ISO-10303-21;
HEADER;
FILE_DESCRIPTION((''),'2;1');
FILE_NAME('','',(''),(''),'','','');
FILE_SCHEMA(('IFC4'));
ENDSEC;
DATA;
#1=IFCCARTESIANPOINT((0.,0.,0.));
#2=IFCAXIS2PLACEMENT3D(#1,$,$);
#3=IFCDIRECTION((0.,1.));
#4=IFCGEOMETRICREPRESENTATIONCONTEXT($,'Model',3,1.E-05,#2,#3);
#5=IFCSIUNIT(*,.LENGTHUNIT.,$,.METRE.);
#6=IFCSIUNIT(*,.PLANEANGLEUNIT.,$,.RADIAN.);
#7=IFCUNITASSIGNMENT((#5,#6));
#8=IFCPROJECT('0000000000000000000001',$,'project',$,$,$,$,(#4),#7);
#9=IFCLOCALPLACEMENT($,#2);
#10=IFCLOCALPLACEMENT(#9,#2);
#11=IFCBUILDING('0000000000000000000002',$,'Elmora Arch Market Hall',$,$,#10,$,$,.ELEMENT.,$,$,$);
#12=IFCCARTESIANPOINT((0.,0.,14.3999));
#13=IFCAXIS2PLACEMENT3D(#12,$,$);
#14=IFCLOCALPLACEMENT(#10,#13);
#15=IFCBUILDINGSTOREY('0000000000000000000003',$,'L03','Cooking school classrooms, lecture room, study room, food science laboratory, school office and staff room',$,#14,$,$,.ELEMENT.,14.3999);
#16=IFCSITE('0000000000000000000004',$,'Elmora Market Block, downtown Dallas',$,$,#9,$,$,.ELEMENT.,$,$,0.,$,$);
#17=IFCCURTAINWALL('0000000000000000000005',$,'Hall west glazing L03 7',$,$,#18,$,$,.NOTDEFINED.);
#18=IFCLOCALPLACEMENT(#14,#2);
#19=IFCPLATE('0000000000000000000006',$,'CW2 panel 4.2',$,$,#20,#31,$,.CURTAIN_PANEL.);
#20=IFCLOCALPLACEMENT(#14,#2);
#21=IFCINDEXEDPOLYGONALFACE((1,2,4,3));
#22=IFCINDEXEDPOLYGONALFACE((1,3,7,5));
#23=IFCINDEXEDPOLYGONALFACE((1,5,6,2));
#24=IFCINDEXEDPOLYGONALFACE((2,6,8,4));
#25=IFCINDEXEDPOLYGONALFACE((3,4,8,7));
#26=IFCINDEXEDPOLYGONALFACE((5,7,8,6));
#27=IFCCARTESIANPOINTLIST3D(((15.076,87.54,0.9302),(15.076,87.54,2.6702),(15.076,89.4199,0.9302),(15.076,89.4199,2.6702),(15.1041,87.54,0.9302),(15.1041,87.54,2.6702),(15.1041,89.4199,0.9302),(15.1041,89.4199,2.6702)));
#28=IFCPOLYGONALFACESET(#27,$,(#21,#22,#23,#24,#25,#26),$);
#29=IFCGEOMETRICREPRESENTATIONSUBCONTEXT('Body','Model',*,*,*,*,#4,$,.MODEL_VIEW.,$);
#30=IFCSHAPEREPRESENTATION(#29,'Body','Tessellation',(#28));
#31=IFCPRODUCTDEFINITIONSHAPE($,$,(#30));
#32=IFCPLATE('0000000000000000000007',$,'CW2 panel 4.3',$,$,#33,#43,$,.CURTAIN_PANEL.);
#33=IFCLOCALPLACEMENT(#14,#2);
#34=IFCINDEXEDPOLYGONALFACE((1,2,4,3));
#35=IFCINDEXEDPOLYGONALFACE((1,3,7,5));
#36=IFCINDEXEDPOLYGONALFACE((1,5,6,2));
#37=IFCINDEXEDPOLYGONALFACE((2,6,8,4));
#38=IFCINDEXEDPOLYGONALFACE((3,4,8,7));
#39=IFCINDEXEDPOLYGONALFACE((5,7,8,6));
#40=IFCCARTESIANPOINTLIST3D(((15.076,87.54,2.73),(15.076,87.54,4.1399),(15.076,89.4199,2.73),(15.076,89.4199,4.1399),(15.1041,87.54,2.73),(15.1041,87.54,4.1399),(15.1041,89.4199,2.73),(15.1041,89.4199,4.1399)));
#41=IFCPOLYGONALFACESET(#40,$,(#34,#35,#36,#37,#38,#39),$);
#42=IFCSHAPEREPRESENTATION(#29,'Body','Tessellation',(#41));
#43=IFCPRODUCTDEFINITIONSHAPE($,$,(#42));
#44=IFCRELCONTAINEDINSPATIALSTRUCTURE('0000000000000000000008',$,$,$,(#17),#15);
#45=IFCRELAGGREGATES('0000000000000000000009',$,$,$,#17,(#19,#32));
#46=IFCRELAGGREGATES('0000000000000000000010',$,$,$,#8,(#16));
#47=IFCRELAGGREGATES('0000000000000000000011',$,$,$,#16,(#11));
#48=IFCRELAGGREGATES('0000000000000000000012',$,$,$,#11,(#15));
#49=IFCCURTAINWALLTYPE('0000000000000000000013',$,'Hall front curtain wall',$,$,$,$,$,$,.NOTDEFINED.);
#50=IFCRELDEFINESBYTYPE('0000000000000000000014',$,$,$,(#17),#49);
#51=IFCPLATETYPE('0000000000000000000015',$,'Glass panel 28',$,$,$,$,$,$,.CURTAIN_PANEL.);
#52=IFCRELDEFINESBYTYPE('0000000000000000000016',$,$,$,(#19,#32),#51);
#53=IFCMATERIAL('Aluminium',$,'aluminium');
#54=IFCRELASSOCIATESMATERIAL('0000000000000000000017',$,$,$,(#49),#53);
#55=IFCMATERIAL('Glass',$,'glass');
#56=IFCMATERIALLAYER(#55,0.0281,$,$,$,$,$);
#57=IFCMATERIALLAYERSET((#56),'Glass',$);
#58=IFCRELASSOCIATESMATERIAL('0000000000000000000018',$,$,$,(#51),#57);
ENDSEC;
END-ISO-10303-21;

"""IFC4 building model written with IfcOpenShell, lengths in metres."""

from ifc_helpers import new_model, si_unit, direction, frame, origin, origin_2d, place, context, subcontext, project, spatial, rectangle, extrude, material, layer, layer_set, type_object, element, aggregate, save


model = new_model("IFC4")

# Units and contexts
model_context = context("Model", 3, precision=1e-05, world=origin(), true_north=direction((0.0, 1.0)))
body_context = subcontext(model_context, "Body", "Model", "MODEL_VIEW")
ifc_project = project(units=[si_unit("LENGTHUNIT", "METRE"), si_unit("PLANEANGLEUNIT", "RADIAN")], contexts=[model_context])

# Site, building, storey
site_placement = place(None, origin())
site = spatial("IfcSite", under=ifc_project, at=site_placement, Name="Elmora Market Block, downtown Dallas", CompositionType="ELEMENT", RefElevation=0.0)
building_placement = place(site_placement, origin())
building = spatial("IfcBuilding", under=site, at=building_placement, Name="Elmora Arch Market Hall", CompositionType="ELEMENT")
storey_placement = place(building_placement, frame((0.0, 0.0, 14.3999)))
storey = spatial("IfcBuildingStorey", under=building, at=storey_placement, Name="L03", Description="Cooking school classrooms, lecture room, study room, food science laboratory, school office and staff room", CompositionType="ELEMENT", Elevation=14.3999)

# Curtain wall, plates
ifc_material_1 = material(Name="Aluminium", Category="aluminium")
curtain_wall_type = type_object("IfcCurtainWallType", Name="Hall front curtain wall", PredefinedType="NOTDEFINED", material=ifc_material_1)
curtain_wall_placement = place(storey_placement, origin())
curtain_wall = element("IfcCurtainWall", 1, at=curtain_wall_placement, inside=storey, type_object=curtain_wall_type, Name="Hall west glazing L03 7", PredefinedType="NOTDEFINED")
ifc_material_2 = material(Name="Glass", Category="glass")
ifc_layer = layer(ifc_material_2, 0.0281)
ifc_layer_set = layer_set([ifc_layer], Name="Glass")
plate_type = type_object("IfcPlateType", Name="Glass panel 28", PredefinedType="CURTAIN_PANEL", material=ifc_layer_set)
plate_1_placement = place(storey_placement, frame((15.0901, 88.48, 0.9302), z_axis=(0.0, 0.0, 1.0), x_axis=(0.0, 1.0, 0.0)))
plate_1 = element("IfcPlate", 2, at=plate_1_placement, type_object=plate_type, Name="CW2 panel 4.2", PredefinedType="CURTAIN_PANEL", context=body_context, shape_type="SweptSolid", body=[
    extrude(rectangle(XDim=1.8799, YDim=0.0281, at=origin_2d()), origin(), (0.0, 0.0, 1.0), 1.74),
])
plate_2_placement = place(storey_placement, frame((15.0901, 88.48, 2.73), z_axis=(0.0, 0.0, 1.0), x_axis=(0.0, 1.0, 0.0)))
plate_2 = element("IfcPlate", 3, at=plate_2_placement, type_object=plate_type, Name="CW2 panel 4.3", PredefinedType="CURTAIN_PANEL", context=body_context, shape_type="SweptSolid", body=[
    extrude(rectangle(XDim=1.8799, YDim=0.0281, at=origin_2d()), origin(), (0.0, 0.0, 1.0), 1.4099),
])
aggregate(curtain_wall, [plate_1, plate_2])

save(model, "model.ifc")
